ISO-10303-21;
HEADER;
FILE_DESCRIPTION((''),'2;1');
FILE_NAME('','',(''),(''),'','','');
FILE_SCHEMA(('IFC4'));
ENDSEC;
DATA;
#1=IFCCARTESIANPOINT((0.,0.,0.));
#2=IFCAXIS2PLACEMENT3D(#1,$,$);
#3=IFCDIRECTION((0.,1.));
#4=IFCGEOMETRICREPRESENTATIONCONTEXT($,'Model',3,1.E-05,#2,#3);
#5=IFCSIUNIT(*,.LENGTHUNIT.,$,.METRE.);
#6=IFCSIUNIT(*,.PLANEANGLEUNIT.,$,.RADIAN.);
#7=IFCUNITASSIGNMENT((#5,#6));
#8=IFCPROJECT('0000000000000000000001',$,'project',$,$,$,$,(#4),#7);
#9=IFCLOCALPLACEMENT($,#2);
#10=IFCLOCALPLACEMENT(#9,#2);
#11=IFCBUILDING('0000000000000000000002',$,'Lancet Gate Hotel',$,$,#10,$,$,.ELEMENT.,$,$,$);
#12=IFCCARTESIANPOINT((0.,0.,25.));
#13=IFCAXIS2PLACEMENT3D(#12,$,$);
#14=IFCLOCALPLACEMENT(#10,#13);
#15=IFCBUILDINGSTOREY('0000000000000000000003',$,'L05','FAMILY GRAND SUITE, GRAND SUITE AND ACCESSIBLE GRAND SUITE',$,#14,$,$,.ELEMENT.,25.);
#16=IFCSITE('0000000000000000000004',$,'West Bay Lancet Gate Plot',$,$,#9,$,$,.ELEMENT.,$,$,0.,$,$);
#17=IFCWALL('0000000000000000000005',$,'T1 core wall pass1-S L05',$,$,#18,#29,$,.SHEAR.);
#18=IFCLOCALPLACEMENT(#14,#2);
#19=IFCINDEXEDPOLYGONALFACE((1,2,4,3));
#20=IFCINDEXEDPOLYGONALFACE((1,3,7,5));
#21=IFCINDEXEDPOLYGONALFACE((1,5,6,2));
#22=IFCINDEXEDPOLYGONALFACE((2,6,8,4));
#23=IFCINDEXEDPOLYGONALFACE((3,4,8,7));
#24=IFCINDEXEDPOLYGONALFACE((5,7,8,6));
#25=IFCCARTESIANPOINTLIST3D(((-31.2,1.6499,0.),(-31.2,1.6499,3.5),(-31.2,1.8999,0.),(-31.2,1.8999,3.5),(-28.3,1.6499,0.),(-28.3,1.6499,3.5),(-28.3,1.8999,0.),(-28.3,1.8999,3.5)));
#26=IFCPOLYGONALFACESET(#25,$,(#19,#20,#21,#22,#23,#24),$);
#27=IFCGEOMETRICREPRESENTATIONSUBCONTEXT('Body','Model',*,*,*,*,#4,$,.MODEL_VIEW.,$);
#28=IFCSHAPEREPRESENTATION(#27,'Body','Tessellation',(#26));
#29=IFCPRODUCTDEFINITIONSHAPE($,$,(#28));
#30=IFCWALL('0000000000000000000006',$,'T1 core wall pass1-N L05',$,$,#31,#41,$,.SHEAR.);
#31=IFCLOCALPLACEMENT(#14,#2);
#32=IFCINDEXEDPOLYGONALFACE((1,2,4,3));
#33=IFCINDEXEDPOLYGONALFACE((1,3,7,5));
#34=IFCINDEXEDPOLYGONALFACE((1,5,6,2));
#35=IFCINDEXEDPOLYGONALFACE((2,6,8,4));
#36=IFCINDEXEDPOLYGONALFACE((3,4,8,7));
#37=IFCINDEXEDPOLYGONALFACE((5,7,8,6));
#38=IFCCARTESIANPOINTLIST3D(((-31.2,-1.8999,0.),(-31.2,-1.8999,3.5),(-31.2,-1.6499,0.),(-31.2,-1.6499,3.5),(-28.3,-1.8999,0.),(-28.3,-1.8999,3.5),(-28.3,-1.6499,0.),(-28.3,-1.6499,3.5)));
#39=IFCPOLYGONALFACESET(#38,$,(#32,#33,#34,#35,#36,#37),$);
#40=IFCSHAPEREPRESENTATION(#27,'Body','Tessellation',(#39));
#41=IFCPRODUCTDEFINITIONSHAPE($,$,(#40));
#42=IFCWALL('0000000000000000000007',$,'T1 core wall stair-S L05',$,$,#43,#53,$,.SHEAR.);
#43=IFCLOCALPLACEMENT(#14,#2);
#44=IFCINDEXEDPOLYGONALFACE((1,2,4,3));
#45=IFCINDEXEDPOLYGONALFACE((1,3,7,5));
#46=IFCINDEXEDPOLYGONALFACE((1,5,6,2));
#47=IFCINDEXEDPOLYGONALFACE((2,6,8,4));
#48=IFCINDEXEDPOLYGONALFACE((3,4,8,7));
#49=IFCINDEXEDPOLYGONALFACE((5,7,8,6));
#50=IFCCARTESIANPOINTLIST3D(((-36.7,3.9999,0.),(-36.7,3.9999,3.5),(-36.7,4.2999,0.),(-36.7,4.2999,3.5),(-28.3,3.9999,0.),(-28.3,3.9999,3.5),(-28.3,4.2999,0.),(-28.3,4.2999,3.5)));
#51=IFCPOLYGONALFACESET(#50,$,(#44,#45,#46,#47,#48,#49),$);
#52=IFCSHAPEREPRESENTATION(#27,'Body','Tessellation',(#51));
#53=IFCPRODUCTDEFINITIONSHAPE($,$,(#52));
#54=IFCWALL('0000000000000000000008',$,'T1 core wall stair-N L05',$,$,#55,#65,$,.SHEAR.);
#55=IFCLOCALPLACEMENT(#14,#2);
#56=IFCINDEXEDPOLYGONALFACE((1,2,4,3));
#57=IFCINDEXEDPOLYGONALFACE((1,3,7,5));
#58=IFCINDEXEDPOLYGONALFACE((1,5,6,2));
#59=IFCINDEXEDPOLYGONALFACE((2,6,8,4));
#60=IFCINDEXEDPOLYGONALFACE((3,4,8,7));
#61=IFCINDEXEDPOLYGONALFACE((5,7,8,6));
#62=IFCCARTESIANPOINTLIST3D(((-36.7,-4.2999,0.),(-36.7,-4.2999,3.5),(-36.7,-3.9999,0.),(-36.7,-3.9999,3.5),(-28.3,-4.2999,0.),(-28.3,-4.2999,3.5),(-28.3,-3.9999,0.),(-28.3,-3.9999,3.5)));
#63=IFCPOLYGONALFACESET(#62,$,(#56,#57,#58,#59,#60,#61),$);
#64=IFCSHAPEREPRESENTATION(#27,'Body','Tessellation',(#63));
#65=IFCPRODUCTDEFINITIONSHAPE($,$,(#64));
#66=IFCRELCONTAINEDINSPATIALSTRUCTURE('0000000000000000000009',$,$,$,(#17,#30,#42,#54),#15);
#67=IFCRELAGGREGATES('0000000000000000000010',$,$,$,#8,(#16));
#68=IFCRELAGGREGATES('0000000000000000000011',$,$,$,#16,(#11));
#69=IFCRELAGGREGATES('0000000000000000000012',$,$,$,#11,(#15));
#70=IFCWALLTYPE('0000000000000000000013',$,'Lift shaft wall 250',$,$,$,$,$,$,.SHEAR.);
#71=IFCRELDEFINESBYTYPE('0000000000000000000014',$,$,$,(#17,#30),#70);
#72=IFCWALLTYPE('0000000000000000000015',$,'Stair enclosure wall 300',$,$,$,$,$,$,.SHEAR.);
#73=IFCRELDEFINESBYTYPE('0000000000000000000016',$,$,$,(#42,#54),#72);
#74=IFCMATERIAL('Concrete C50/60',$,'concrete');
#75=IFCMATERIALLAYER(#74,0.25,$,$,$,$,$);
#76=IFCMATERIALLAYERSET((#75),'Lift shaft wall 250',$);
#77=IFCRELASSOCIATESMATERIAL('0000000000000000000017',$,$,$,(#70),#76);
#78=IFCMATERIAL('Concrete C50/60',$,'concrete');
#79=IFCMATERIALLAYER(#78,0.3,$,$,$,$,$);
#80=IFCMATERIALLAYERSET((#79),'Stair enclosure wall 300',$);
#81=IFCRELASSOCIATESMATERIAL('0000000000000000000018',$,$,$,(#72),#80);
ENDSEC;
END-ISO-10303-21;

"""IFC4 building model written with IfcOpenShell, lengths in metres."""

from ifc_helpers import new_model, si_unit, direction, frame, frame_2d, origin, place, context, subcontext, project, spatial, rectangle, extrude, material, layer, layer_set, type_object, element, save


model = new_model("IFC4")

# Units and contexts
model_context = context("Model", 3, precision=1e-05, world=origin(), true_north=direction((0.0, 1.0)))
body_context = subcontext(model_context, "Body", "Model", "MODEL_VIEW")
ifc_project = project(units=[si_unit("LENGTHUNIT", "METRE"), si_unit("PLANEANGLEUNIT", "RADIAN")], contexts=[model_context])

# Site, building, storey
site_placement = place(None, origin())
site = spatial("IfcSite", under=ifc_project, at=site_placement, Name="West Bay Lancet Gate Plot", CompositionType="ELEMENT", RefElevation=0.0)
building_placement = place(site_placement, origin())
building = spatial("IfcBuilding", under=site, at=building_placement, Name="Lancet Gate Hotel", CompositionType="ELEMENT")
storey_placement = place(building_placement, frame((0.0, 0.0, 25.0)))
storey = spatial("IfcBuildingStorey", under=building, at=storey_placement, Name="L05", Description="FAMILY GRAND SUITE, GRAND SUITE AND ACCESSIBLE GRAND SUITE", CompositionType="ELEMENT", Elevation=25.0)

# Walls
ifc_material_1 = material(Name="Concrete C50/60", Category="concrete")
ifc_layer_1 = layer(ifc_material_1, 0.25)
ifc_layer_set_1 = layer_set([ifc_layer_1], Name="Lift shaft wall 250")
wall_type_1 = type_object("IfcWallType", Name="Lift shaft wall 250", PredefinedType="SHEAR", material=ifc_layer_set_1)
for number, where, z_axis, x_axis, name in (
    (1, (-28.3, 1.7749, 0.0), (0.0, 0.0, 1.0), (-1.0, 0.0, 0.0), "T1 core wall pass1-S L05"),
    (2, (-28.3, -1.7749, 0.0), (0.0, 0.0, 1.0), (-1.0, 0.0, 0.0), "T1 core wall pass1-N L05"),
):
    element("IfcWall", number, at=place(storey_placement, frame(where, z_axis=z_axis, x_axis=x_axis)), inside=storey, type_object=wall_type_1, Name=name, PredefinedType="SHEAR", context=body_context, shape_type="SweptSolid", body=[
        extrude(rectangle(XDim=2.8999, YDim=0.25, at=frame_2d((1.45, 0.0))), origin(), (0.0, 0.0, 1.0), 3.5),
    ])
ifc_material_2 = material(Name="Concrete C50/60", Category="concrete")
ifc_layer_2 = layer(ifc_material_2, 0.3)
ifc_layer_set_2 = layer_set([ifc_layer_2], Name="Stair enclosure wall 300")
wall_type_2 = type_object("IfcWallType", Name="Stair enclosure wall 300", PredefinedType="SHEAR", material=ifc_layer_set_2)
for number, where, z_axis, x_axis, name in (
    (3, (-28.3, 4.1499, 0.0), (0.0, 0.0, 1.0), (-1.0, 0.0, 0.0), "T1 core wall stair-S L05"),
    (4, (-28.3, -4.1499, 0.0), (0.0, 0.0, 1.0), (-1.0, 0.0, 0.0), "T1 core wall stair-N L05"),
):
    element("IfcWall", number, at=place(storey_placement, frame(where, z_axis=z_axis, x_axis=x_axis)), inside=storey, type_object=wall_type_2, Name=name, PredefinedType="SHEAR", context=body_context, shape_type="SweptSolid", body=[
        extrude(rectangle(XDim=8.3999, YDim=0.3, at=frame_2d((4.2, 0.0))), origin(), (0.0, 0.0, 1.0), 3.5),
    ])

save(model, "model.ifc")
